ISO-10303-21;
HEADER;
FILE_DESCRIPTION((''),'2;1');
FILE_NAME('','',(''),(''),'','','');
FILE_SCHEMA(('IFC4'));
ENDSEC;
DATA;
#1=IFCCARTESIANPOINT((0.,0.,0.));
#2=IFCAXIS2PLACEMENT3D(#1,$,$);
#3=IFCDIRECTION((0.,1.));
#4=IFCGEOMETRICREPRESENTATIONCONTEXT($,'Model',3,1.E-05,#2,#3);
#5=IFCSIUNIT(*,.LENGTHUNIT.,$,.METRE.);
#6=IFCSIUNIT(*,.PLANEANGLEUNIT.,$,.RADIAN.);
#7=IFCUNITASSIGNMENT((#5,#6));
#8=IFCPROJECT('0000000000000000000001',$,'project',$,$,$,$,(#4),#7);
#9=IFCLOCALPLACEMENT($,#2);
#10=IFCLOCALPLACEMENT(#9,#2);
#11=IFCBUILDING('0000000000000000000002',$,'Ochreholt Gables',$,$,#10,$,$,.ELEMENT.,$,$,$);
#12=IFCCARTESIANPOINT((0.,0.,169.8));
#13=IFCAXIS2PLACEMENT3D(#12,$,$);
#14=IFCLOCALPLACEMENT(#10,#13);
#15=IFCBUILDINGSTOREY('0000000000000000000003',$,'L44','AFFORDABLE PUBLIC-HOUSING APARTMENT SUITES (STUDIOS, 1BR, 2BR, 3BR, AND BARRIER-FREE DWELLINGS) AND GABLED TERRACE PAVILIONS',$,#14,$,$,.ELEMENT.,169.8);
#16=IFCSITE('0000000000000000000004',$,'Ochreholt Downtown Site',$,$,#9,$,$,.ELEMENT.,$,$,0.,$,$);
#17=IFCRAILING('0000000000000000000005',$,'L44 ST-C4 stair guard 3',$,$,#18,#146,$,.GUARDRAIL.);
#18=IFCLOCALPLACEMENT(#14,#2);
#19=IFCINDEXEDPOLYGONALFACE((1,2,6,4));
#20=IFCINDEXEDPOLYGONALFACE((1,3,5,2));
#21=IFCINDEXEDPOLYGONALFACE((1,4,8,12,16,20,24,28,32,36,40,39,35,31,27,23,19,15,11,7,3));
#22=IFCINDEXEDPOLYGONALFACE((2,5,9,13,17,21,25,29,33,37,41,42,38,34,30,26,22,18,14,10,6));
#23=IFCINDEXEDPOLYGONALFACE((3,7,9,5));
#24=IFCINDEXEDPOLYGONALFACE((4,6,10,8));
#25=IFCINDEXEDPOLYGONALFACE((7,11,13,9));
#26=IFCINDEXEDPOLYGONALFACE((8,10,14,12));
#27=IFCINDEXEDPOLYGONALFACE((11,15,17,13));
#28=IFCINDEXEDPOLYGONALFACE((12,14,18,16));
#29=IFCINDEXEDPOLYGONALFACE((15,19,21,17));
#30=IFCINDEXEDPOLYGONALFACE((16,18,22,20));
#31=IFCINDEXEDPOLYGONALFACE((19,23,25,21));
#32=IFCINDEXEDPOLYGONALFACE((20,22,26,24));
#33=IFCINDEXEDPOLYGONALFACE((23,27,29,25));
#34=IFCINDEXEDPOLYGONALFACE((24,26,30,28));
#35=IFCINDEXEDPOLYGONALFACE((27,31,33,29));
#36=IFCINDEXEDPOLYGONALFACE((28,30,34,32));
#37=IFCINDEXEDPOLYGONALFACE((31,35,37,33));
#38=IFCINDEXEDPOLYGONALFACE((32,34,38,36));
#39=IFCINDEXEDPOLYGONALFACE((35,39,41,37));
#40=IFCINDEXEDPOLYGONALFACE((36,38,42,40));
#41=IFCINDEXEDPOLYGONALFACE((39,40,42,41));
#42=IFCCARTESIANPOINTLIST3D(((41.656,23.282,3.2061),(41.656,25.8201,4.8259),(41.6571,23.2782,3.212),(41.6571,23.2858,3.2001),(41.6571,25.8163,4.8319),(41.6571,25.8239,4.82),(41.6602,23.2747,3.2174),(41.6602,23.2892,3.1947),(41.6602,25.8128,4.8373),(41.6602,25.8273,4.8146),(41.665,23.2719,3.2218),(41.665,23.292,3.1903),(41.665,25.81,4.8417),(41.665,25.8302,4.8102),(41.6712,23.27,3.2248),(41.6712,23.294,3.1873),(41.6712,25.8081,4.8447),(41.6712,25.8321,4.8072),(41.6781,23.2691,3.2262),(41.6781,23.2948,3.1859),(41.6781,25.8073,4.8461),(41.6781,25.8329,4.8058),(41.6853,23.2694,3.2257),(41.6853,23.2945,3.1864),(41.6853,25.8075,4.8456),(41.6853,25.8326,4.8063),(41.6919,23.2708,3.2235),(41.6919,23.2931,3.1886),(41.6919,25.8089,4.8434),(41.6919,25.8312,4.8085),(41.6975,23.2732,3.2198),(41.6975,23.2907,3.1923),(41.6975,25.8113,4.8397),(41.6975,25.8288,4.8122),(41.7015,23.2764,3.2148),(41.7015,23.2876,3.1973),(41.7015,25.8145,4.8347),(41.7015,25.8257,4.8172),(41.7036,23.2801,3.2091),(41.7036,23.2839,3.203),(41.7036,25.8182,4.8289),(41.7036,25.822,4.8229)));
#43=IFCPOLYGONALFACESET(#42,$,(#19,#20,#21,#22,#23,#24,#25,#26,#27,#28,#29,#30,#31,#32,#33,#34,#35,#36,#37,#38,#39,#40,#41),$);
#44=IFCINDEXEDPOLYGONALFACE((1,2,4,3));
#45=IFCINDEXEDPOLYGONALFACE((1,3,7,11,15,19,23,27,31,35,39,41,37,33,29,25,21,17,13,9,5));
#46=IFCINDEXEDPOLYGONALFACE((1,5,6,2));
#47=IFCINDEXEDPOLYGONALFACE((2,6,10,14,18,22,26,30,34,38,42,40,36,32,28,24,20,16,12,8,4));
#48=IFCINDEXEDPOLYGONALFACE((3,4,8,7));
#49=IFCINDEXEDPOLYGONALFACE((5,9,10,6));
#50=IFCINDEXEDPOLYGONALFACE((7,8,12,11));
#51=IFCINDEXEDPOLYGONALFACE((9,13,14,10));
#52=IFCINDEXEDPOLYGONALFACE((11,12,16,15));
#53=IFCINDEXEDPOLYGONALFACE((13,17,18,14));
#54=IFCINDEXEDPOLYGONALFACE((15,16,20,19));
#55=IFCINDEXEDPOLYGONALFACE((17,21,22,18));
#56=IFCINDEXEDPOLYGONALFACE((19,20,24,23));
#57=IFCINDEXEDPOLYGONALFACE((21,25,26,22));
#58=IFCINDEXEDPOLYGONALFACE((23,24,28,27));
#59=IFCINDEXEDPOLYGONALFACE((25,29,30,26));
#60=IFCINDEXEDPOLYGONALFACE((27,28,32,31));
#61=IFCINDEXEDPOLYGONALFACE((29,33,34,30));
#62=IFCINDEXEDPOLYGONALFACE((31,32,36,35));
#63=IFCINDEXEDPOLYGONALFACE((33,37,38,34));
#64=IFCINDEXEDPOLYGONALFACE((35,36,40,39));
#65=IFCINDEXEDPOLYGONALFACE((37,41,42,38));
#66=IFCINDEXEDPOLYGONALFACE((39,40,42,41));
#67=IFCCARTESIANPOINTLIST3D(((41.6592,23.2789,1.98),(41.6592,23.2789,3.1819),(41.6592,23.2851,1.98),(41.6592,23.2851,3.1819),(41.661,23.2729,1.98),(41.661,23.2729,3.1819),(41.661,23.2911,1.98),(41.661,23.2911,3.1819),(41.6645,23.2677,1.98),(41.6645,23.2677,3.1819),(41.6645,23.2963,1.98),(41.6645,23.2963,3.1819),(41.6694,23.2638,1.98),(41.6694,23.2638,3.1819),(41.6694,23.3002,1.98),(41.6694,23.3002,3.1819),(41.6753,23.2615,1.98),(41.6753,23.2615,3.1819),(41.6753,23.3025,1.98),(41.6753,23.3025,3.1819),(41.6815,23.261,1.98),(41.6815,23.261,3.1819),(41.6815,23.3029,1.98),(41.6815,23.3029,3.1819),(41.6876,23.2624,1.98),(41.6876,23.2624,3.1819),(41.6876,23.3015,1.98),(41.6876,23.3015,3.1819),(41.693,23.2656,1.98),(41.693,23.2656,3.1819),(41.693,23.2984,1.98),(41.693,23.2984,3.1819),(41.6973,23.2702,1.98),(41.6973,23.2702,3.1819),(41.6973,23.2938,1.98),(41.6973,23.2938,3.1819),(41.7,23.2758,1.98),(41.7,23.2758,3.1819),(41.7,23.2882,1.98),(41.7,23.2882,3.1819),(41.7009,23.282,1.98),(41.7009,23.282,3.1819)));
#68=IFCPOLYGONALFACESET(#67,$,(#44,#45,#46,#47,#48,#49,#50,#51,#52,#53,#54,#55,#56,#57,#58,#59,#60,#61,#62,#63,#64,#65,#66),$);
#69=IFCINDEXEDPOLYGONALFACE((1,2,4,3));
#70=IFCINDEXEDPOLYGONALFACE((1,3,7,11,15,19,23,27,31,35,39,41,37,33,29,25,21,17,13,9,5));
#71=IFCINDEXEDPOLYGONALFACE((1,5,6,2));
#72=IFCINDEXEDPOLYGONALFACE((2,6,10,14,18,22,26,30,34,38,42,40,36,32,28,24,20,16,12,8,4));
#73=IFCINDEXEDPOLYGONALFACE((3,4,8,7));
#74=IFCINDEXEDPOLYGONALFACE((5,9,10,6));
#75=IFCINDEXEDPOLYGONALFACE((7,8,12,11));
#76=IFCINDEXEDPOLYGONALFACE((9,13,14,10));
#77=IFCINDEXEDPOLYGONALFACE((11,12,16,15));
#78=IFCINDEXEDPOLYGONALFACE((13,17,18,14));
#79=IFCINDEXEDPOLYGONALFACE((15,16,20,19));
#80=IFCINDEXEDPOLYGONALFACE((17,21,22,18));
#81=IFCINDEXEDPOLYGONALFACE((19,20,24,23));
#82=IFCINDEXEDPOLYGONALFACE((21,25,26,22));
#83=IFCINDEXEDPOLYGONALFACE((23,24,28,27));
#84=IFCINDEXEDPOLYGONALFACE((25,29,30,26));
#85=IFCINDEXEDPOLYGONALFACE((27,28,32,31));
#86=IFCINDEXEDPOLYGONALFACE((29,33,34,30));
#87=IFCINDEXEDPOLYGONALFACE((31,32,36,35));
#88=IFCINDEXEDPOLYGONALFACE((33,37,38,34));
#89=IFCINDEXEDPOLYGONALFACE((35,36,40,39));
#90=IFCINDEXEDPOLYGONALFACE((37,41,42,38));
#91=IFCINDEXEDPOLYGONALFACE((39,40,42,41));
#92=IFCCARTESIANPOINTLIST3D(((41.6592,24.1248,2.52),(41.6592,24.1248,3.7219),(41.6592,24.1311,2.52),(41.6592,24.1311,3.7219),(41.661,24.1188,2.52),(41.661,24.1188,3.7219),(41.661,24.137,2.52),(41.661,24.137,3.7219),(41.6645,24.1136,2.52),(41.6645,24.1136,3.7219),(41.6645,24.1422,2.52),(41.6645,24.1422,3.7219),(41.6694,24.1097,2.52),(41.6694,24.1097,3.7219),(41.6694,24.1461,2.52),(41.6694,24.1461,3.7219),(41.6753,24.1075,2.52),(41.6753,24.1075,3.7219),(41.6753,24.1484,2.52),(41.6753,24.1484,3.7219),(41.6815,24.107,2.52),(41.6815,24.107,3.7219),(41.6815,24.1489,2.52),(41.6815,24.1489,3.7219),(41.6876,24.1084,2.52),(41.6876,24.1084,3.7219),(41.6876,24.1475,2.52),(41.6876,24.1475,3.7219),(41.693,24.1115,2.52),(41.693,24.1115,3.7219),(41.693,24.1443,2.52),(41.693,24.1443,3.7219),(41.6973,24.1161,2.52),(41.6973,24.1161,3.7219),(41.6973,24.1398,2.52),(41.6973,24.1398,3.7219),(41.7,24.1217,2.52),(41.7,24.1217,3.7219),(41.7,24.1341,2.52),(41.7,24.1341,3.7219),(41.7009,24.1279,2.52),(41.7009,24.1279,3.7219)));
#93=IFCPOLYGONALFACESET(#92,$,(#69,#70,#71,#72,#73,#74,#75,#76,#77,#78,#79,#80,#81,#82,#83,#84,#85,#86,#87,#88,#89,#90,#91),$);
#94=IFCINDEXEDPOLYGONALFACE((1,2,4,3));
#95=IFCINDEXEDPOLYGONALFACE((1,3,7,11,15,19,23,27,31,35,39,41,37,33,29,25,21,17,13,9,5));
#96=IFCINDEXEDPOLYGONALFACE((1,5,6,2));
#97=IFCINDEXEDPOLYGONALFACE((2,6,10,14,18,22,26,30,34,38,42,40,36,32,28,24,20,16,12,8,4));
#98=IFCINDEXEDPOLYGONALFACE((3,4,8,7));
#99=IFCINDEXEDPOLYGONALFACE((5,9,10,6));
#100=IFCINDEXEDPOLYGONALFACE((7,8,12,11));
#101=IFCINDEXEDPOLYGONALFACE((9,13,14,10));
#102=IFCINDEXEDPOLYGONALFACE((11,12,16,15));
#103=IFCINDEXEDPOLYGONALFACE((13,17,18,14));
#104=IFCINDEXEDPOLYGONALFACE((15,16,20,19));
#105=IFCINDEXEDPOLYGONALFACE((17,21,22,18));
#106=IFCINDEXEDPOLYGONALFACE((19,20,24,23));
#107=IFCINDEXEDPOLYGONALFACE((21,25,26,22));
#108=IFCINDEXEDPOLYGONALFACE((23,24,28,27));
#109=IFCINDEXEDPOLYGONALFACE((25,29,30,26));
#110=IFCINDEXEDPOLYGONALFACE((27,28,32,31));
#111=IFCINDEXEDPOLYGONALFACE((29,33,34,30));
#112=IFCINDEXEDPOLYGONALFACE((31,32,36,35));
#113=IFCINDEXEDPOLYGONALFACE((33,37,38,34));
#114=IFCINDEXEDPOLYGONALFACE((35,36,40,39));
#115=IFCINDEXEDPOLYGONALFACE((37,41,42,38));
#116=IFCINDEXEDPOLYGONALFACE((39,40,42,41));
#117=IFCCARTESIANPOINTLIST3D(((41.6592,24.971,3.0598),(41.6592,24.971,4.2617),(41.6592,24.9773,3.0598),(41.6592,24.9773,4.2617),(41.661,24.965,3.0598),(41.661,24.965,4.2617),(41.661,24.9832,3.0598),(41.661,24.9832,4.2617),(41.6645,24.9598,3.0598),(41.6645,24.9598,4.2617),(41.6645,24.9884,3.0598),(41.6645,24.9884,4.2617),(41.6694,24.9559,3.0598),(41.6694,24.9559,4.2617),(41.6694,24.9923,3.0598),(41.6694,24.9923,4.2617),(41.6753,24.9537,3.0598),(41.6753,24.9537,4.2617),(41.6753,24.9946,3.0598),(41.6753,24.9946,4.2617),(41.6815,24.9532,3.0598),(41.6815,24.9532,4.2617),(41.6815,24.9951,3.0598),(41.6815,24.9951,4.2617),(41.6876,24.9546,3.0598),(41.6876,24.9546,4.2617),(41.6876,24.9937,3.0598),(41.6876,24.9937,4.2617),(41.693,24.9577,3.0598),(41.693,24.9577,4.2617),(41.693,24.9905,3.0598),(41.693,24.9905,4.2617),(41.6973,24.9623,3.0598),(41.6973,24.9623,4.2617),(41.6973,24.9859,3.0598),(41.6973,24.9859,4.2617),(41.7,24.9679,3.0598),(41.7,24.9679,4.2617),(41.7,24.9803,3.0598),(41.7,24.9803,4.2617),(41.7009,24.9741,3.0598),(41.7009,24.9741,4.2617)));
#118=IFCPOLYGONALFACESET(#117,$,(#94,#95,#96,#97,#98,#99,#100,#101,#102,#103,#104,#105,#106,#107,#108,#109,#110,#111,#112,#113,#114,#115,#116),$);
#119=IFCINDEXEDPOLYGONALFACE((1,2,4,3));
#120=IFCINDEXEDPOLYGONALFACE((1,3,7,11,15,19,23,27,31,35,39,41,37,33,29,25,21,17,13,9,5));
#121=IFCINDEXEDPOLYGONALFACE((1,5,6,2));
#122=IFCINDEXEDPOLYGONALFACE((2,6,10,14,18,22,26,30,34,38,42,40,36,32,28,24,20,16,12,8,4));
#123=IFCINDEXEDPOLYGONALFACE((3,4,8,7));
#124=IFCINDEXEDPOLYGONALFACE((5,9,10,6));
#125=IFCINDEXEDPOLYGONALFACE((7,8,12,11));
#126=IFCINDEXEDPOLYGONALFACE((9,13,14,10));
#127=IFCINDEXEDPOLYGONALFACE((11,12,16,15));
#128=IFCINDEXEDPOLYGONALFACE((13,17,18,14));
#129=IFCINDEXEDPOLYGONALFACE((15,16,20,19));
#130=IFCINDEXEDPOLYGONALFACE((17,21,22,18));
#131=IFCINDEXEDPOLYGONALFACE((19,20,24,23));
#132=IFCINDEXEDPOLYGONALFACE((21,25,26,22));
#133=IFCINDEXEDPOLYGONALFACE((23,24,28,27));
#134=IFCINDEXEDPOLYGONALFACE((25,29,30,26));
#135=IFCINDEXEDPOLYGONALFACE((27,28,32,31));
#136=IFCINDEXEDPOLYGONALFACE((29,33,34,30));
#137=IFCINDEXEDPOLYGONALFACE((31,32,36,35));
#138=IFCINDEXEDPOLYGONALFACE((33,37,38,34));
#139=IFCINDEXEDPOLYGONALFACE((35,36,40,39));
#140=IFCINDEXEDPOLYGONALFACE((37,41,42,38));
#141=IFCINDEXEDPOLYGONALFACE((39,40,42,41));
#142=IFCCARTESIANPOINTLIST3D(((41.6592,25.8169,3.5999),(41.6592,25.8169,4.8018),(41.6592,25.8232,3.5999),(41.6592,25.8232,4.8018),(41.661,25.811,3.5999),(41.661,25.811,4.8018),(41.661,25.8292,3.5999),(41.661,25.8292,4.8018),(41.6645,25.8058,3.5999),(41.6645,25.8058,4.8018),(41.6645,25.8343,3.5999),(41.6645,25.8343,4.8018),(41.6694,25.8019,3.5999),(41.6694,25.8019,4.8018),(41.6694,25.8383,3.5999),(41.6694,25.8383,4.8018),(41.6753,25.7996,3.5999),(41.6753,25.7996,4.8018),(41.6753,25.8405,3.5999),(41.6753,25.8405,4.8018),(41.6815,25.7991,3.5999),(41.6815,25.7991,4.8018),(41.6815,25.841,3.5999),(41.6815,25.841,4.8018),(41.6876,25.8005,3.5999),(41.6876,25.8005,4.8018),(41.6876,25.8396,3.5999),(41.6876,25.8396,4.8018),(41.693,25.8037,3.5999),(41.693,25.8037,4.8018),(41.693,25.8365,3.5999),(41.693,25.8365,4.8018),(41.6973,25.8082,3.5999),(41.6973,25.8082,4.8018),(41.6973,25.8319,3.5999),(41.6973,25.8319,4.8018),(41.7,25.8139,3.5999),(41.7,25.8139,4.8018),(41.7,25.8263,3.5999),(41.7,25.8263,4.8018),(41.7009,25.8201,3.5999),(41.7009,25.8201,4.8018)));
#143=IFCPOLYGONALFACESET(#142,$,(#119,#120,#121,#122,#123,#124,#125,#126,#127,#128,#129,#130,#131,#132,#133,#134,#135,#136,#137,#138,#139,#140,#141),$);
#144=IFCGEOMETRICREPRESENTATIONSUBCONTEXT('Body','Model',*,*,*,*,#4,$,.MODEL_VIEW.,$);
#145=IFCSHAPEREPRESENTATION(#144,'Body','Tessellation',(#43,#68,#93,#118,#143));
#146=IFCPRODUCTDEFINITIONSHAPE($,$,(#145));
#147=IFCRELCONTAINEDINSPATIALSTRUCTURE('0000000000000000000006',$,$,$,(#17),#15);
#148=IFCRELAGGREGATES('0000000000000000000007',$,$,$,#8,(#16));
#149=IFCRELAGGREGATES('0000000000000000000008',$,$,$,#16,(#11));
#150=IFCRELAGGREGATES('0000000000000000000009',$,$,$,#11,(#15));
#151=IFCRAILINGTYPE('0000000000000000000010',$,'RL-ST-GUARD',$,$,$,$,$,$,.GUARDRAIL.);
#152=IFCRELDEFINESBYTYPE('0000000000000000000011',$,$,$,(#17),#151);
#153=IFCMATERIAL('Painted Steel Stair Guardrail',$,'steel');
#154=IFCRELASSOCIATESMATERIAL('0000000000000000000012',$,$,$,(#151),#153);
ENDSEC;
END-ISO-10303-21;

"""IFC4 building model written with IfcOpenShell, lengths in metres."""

from ifc_helpers import new_model, si_unit, direction, frame, origin, origin_2d, place, context, subcontext, project, spatial, circle, extrude, material, type_object, element, save


model = new_model("IFC4")

# Units and contexts
model_context = context("Model", 3, precision=1e-05, world=origin(), true_north=direction((0.0, 1.0)))
body_context = subcontext(model_context, "Body", "Model", "MODEL_VIEW")
ifc_project = project(units=[si_unit("LENGTHUNIT", "METRE"), si_unit("PLANEANGLEUNIT", "RADIAN")], contexts=[model_context])

# Site, building, storey
site_placement = place(None, origin())
site = spatial("IfcSite", under=ifc_project, at=site_placement, Name="Ochreholt Downtown Site", CompositionType="ELEMENT", RefElevation=0.0)
building_placement = place(site_placement, origin())
building = spatial("IfcBuilding", under=site, at=building_placement, Name="Ochreholt Gables", CompositionType="ELEMENT")
storey_placement = place(building_placement, frame((0.0, 0.0, 169.8)))
storey = spatial("IfcBuildingStorey", under=building, at=storey_placement, Name="L44", Description="AFFORDABLE PUBLIC-HOUSING APARTMENT SUITES (STUDIOS, 1BR, 2BR, 3BR, AND BARRIER-FREE DWELLINGS) AND GABLED TERRACE PAVILIONS", CompositionType="ELEMENT", Elevation=169.8)

# Railing
ifc_material_1 = material(Name="Painted Steel Stair Guardrail", Category="steel")
railing_type = type_object("IfcRailingType", Name="RL-ST-GUARD", PredefinedType="GUARDRAIL", material=ifc_material_1)
railing_1_placement = place(storey_placement, frame((41.6799, 23.282, 1.98)))
element("IfcRailing", 1, at=railing_1_placement, inside=storey, type_object=railing_type, Name="L44 ST-C4 stair guard 3", PredefinedType="GUARDRAIL", context=body_context, shape_type="SweptSolid", body=[
    extrude(circle(Radius=0.0239, at=origin_2d()), frame((0.0, 0.0, 1.2261), z_axis=(0.0, 0.84295, 0.537993), x_axis=(-1.0, 0.0, 0.0)), (0.0, 0.0, 1.0), 3.011),
    extrude(circle(Radius=0.021, at=origin_2d()), origin(), (0.0, 0.0, 1.0), 1.2019),
    extrude(circle(Radius=0.021, at=origin_2d()), frame((0.0, 0.8459, 0.54)), (0.0, 0.0, 1.0), 1.2019),
    extrude(circle(Radius=0.021, at=origin_2d()), frame((0.0, 1.6921, 1.0798)), (0.0, 0.0, 1.0), 1.2019),
    extrude(circle(Radius=0.021, at=origin_2d()), frame((0.0, 2.5381, 1.6199)), (0.0, 0.0, 1.0), 1.2019),
])

save(model, "model.ifc")
